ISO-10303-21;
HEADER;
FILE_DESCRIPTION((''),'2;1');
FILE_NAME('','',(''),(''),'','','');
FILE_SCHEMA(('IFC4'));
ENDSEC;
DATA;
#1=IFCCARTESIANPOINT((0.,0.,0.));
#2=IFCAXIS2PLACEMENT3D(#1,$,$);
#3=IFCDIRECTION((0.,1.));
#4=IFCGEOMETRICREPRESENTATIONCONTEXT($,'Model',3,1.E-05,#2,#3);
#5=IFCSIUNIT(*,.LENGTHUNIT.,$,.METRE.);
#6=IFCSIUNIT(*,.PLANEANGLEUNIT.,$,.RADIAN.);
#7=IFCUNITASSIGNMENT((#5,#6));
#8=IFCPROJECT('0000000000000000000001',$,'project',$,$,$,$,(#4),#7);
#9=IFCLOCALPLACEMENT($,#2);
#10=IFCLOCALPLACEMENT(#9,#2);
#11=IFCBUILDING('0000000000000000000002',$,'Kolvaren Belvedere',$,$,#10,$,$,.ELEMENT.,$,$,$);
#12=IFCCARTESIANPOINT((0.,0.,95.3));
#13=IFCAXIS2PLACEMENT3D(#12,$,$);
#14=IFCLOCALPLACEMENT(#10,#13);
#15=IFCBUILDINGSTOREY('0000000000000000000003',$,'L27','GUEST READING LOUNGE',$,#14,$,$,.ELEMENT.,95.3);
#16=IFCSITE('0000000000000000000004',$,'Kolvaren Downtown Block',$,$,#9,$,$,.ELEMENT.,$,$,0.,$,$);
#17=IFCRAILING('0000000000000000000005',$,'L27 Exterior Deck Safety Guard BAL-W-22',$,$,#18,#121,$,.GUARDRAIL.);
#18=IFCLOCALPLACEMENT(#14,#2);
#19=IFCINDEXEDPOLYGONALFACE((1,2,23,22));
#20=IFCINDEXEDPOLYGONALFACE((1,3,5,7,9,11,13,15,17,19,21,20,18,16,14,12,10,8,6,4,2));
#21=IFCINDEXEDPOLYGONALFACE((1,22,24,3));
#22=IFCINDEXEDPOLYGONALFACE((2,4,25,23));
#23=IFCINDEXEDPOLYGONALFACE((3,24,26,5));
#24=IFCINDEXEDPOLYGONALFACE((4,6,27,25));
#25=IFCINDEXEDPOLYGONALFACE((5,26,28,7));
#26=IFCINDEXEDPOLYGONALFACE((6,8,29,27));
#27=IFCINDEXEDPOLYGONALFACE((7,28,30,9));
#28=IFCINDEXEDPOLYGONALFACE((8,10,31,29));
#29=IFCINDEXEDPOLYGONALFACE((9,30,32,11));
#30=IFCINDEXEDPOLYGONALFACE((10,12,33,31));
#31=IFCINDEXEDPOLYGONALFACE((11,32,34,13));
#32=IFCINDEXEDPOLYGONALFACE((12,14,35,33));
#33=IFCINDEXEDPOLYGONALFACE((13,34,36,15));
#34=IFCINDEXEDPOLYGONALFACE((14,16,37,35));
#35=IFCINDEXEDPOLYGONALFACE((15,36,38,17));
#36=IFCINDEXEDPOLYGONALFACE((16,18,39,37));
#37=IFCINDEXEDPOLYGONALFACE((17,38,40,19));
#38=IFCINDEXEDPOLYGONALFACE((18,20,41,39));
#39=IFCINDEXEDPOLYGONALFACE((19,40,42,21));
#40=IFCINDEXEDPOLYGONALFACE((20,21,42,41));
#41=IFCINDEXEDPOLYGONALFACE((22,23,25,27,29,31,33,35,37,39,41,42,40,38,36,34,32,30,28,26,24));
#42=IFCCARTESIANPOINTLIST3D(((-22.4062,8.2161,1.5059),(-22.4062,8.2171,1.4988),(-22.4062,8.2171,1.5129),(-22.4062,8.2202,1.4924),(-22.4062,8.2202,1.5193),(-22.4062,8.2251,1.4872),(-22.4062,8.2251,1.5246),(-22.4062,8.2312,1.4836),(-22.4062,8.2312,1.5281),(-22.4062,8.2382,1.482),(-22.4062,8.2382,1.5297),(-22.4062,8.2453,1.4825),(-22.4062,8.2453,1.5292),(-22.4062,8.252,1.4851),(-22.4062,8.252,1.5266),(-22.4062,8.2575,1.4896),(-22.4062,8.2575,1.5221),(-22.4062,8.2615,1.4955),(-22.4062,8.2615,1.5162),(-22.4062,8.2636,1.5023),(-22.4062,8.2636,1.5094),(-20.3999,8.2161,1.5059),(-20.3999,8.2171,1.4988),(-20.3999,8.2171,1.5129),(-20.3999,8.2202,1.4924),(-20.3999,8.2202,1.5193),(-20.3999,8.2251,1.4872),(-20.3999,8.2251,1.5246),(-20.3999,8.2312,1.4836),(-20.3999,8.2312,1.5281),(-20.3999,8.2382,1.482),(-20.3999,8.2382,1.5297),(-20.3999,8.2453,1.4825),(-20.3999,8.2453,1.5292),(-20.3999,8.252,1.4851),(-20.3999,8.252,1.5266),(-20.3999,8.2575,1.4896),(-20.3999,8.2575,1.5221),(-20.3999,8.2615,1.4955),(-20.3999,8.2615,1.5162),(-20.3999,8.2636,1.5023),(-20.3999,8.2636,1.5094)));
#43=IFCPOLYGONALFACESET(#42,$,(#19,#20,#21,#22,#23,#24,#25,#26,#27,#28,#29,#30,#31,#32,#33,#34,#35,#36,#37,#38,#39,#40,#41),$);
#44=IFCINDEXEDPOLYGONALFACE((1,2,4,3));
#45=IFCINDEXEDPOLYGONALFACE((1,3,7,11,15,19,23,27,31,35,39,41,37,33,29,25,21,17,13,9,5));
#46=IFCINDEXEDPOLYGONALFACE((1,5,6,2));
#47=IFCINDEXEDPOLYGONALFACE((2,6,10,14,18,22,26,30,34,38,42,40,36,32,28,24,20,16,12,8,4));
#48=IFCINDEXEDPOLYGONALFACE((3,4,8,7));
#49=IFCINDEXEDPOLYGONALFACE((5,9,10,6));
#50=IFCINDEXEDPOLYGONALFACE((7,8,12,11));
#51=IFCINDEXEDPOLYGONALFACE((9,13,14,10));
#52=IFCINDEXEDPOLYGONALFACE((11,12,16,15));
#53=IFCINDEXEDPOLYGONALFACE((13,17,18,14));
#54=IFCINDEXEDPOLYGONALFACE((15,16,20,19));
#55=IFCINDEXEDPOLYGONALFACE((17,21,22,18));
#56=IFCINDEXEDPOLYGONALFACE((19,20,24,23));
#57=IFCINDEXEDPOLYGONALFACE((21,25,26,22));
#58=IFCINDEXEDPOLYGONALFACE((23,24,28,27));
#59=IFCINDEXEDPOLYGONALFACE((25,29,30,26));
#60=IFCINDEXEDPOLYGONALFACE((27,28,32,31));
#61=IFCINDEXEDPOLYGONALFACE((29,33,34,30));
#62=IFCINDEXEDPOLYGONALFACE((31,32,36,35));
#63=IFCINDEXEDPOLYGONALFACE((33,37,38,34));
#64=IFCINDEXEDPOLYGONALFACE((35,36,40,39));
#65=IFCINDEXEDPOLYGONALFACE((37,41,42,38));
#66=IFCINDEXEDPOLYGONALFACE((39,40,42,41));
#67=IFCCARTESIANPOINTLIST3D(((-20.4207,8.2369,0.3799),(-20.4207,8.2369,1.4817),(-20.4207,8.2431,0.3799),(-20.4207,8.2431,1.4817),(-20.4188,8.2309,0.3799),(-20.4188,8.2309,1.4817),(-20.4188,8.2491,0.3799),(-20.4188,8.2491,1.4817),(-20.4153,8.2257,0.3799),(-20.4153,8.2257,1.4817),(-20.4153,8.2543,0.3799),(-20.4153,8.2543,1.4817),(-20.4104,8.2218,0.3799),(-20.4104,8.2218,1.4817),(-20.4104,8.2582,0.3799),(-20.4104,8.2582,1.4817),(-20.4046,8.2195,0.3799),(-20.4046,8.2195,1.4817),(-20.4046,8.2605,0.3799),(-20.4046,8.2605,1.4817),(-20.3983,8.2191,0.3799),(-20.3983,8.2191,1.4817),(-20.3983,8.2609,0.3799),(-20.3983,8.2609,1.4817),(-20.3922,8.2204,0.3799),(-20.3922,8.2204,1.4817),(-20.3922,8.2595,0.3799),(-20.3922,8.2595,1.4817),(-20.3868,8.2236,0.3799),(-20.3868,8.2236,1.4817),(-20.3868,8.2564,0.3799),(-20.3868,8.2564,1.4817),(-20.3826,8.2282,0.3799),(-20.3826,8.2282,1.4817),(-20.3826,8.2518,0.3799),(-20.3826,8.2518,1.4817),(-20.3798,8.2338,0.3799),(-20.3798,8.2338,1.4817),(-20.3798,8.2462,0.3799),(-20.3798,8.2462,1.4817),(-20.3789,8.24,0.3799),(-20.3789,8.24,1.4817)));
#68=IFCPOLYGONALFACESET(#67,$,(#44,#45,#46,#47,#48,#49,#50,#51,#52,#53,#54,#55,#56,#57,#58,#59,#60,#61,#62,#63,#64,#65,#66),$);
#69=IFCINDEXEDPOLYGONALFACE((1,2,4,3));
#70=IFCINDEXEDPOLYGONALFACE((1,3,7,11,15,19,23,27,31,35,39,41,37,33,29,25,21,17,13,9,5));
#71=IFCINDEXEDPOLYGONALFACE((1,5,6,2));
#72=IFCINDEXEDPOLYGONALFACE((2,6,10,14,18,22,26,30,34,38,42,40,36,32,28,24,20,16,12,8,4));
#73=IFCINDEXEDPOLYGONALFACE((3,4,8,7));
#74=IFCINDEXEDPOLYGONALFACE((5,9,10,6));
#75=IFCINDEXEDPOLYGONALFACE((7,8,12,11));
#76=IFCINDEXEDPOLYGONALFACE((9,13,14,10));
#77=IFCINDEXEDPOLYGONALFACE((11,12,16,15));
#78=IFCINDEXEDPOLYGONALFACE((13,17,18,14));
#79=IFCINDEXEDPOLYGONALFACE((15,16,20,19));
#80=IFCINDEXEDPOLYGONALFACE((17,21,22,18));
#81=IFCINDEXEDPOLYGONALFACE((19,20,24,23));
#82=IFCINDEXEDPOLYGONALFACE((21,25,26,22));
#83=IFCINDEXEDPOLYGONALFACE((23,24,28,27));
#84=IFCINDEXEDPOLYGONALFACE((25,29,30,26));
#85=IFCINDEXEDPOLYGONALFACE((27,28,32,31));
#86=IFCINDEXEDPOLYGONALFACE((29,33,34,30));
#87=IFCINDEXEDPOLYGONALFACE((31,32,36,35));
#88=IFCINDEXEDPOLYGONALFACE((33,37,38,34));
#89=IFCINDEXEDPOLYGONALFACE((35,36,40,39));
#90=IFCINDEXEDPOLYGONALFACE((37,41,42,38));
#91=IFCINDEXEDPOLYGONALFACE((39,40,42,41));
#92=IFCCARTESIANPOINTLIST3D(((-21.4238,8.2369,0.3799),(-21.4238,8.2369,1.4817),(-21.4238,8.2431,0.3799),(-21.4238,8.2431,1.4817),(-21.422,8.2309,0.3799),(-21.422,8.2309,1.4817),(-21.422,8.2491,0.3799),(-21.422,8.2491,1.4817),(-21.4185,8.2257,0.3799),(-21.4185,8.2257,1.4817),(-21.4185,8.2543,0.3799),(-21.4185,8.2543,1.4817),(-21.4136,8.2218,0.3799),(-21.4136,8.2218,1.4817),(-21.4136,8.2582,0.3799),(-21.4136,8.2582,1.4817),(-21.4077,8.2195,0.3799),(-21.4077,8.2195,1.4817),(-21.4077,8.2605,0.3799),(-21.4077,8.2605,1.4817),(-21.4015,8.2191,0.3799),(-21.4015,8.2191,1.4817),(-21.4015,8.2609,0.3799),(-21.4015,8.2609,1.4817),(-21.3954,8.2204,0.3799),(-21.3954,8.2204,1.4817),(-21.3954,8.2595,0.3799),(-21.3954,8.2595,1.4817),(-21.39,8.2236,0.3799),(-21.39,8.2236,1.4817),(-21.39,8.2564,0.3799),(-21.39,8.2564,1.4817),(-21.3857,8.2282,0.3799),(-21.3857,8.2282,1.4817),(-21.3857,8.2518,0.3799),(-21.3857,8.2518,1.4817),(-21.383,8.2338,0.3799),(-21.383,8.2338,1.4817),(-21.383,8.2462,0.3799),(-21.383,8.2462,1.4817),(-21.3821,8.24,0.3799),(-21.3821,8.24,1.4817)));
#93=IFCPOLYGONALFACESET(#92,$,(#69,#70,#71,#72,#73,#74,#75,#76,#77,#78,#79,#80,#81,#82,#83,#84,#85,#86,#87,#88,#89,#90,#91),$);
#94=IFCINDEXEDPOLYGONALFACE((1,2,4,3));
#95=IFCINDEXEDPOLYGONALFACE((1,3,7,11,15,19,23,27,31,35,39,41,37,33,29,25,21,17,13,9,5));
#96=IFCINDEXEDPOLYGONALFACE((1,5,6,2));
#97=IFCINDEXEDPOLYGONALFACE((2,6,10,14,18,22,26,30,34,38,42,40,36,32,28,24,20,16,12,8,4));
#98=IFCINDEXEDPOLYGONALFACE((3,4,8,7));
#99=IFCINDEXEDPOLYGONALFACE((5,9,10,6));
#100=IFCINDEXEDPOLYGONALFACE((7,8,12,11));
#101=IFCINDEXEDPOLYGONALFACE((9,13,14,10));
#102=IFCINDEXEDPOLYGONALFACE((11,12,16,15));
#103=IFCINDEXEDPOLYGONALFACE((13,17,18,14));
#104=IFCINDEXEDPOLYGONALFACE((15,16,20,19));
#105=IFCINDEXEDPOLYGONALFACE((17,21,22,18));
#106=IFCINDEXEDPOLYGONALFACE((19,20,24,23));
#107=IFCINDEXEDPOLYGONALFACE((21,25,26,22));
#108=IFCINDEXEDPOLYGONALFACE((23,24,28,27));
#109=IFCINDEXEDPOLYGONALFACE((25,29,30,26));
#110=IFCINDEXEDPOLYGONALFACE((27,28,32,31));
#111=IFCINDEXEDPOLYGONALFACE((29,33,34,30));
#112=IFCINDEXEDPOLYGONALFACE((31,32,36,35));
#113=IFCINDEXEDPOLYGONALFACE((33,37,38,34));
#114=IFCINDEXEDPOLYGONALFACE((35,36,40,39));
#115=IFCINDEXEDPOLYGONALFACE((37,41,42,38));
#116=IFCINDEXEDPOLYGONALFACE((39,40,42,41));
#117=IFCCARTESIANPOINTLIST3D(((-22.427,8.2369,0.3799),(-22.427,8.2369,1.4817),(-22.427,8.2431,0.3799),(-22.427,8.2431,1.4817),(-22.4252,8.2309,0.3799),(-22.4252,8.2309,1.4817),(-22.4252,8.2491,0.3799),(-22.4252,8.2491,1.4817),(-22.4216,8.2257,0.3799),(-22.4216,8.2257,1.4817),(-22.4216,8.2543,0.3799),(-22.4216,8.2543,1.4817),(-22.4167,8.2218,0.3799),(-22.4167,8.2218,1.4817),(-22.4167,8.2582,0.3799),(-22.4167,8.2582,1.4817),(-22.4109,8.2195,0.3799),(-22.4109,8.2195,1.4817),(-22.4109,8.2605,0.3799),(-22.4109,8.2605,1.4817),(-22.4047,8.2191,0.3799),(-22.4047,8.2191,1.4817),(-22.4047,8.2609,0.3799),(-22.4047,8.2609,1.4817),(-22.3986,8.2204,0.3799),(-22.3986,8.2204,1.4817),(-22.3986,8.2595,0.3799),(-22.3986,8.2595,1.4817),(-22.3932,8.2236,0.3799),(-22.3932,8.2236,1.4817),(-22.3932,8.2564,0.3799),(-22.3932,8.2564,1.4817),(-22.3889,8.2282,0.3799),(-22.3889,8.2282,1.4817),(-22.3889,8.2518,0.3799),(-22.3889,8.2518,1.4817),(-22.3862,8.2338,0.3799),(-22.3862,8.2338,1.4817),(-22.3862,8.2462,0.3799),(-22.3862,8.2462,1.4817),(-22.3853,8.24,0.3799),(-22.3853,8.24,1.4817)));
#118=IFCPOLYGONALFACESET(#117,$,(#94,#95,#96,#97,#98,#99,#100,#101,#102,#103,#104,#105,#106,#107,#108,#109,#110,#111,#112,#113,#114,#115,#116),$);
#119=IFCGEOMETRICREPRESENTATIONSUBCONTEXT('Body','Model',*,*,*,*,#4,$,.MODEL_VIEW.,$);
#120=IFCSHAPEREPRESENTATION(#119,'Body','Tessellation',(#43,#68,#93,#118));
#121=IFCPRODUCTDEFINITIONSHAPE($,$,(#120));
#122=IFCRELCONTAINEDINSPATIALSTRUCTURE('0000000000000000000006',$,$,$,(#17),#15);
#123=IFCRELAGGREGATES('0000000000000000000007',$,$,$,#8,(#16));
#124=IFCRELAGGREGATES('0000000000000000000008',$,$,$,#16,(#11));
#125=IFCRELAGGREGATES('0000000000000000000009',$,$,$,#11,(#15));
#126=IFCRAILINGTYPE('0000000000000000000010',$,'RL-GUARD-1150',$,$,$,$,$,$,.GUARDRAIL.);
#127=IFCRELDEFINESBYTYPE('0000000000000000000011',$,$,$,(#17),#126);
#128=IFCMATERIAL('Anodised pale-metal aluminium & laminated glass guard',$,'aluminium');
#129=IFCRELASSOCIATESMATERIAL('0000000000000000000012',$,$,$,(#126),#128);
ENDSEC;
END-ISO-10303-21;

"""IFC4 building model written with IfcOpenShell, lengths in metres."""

from ifc_helpers import new_model, si_unit, direction, frame, origin, origin_2d, place, context, subcontext, project, spatial, circle, extrude, material, type_object, element, save


model = new_model("IFC4")

# Units and contexts
model_context = context("Model", 3, precision=1e-05, world=origin(), true_north=direction((0.0, 1.0)))
body_context = subcontext(model_context, "Body", "Model", "MODEL_VIEW")
ifc_project = project(units=[si_unit("LENGTHUNIT", "METRE"), si_unit("PLANEANGLEUNIT", "RADIAN")], contexts=[model_context])

# Site, building, storey
site_placement = place(None, origin())
site = spatial("IfcSite", under=ifc_project, at=site_placement, Name="Kolvaren Downtown Block", CompositionType="ELEMENT", RefElevation=0.0)
building_placement = place(site_placement, origin())
building = spatial("IfcBuilding", under=site, at=building_placement, Name="Kolvaren Belvedere", CompositionType="ELEMENT")
storey_placement = place(building_placement, frame((0.0, 0.0, 95.3)))
storey = spatial("IfcBuildingStorey", under=building, at=storey_placement, Name="L27", Description="GUEST READING LOUNGE", CompositionType="ELEMENT", Elevation=95.3)

# Railing
ifc_material_1 = material(Name="Anodised pale-metal aluminium & laminated glass guard", Category="aluminium")
railing_type = type_object("IfcRailingType", Name="RL-GUARD-1150", PredefinedType="GUARDRAIL", material=ifc_material_1)
railing_1_placement = place(storey_placement, frame((-20.3999, 8.24, 0.3799)))
element("IfcRailing", 1, at=railing_1_placement, inside=storey, type_object=railing_type, Name="L27 Exterior Deck Safety Guard BAL-W-22", PredefinedType="GUARDRAIL", context=body_context, shape_type="SweptSolid", body=[
    extrude(circle(Radius=0.0239, at=origin_2d()), frame((0.0, 0.0, 1.126), z_axis=(-1.0, 0.0, 0.0), x_axis=(0.0, -1.0, 0.0)), (0.0, 0.0, 1.0), 2.0063),
    extrude(circle(Radius=0.021, at=origin_2d()), origin(), (0.0, 0.0, 1.0), 1.1018),
    extrude(circle(Radius=0.021, at=origin_2d()), frame((-1.0032, 0.0, 0.0)), (0.0, 0.0, 1.0), 1.1018),
    extrude(circle(Radius=0.021, at=origin_2d()), frame((-2.0063, 0.0, 0.0)), (0.0, 0.0, 1.0), 1.1018),
])

save(model, "model.ifc")
